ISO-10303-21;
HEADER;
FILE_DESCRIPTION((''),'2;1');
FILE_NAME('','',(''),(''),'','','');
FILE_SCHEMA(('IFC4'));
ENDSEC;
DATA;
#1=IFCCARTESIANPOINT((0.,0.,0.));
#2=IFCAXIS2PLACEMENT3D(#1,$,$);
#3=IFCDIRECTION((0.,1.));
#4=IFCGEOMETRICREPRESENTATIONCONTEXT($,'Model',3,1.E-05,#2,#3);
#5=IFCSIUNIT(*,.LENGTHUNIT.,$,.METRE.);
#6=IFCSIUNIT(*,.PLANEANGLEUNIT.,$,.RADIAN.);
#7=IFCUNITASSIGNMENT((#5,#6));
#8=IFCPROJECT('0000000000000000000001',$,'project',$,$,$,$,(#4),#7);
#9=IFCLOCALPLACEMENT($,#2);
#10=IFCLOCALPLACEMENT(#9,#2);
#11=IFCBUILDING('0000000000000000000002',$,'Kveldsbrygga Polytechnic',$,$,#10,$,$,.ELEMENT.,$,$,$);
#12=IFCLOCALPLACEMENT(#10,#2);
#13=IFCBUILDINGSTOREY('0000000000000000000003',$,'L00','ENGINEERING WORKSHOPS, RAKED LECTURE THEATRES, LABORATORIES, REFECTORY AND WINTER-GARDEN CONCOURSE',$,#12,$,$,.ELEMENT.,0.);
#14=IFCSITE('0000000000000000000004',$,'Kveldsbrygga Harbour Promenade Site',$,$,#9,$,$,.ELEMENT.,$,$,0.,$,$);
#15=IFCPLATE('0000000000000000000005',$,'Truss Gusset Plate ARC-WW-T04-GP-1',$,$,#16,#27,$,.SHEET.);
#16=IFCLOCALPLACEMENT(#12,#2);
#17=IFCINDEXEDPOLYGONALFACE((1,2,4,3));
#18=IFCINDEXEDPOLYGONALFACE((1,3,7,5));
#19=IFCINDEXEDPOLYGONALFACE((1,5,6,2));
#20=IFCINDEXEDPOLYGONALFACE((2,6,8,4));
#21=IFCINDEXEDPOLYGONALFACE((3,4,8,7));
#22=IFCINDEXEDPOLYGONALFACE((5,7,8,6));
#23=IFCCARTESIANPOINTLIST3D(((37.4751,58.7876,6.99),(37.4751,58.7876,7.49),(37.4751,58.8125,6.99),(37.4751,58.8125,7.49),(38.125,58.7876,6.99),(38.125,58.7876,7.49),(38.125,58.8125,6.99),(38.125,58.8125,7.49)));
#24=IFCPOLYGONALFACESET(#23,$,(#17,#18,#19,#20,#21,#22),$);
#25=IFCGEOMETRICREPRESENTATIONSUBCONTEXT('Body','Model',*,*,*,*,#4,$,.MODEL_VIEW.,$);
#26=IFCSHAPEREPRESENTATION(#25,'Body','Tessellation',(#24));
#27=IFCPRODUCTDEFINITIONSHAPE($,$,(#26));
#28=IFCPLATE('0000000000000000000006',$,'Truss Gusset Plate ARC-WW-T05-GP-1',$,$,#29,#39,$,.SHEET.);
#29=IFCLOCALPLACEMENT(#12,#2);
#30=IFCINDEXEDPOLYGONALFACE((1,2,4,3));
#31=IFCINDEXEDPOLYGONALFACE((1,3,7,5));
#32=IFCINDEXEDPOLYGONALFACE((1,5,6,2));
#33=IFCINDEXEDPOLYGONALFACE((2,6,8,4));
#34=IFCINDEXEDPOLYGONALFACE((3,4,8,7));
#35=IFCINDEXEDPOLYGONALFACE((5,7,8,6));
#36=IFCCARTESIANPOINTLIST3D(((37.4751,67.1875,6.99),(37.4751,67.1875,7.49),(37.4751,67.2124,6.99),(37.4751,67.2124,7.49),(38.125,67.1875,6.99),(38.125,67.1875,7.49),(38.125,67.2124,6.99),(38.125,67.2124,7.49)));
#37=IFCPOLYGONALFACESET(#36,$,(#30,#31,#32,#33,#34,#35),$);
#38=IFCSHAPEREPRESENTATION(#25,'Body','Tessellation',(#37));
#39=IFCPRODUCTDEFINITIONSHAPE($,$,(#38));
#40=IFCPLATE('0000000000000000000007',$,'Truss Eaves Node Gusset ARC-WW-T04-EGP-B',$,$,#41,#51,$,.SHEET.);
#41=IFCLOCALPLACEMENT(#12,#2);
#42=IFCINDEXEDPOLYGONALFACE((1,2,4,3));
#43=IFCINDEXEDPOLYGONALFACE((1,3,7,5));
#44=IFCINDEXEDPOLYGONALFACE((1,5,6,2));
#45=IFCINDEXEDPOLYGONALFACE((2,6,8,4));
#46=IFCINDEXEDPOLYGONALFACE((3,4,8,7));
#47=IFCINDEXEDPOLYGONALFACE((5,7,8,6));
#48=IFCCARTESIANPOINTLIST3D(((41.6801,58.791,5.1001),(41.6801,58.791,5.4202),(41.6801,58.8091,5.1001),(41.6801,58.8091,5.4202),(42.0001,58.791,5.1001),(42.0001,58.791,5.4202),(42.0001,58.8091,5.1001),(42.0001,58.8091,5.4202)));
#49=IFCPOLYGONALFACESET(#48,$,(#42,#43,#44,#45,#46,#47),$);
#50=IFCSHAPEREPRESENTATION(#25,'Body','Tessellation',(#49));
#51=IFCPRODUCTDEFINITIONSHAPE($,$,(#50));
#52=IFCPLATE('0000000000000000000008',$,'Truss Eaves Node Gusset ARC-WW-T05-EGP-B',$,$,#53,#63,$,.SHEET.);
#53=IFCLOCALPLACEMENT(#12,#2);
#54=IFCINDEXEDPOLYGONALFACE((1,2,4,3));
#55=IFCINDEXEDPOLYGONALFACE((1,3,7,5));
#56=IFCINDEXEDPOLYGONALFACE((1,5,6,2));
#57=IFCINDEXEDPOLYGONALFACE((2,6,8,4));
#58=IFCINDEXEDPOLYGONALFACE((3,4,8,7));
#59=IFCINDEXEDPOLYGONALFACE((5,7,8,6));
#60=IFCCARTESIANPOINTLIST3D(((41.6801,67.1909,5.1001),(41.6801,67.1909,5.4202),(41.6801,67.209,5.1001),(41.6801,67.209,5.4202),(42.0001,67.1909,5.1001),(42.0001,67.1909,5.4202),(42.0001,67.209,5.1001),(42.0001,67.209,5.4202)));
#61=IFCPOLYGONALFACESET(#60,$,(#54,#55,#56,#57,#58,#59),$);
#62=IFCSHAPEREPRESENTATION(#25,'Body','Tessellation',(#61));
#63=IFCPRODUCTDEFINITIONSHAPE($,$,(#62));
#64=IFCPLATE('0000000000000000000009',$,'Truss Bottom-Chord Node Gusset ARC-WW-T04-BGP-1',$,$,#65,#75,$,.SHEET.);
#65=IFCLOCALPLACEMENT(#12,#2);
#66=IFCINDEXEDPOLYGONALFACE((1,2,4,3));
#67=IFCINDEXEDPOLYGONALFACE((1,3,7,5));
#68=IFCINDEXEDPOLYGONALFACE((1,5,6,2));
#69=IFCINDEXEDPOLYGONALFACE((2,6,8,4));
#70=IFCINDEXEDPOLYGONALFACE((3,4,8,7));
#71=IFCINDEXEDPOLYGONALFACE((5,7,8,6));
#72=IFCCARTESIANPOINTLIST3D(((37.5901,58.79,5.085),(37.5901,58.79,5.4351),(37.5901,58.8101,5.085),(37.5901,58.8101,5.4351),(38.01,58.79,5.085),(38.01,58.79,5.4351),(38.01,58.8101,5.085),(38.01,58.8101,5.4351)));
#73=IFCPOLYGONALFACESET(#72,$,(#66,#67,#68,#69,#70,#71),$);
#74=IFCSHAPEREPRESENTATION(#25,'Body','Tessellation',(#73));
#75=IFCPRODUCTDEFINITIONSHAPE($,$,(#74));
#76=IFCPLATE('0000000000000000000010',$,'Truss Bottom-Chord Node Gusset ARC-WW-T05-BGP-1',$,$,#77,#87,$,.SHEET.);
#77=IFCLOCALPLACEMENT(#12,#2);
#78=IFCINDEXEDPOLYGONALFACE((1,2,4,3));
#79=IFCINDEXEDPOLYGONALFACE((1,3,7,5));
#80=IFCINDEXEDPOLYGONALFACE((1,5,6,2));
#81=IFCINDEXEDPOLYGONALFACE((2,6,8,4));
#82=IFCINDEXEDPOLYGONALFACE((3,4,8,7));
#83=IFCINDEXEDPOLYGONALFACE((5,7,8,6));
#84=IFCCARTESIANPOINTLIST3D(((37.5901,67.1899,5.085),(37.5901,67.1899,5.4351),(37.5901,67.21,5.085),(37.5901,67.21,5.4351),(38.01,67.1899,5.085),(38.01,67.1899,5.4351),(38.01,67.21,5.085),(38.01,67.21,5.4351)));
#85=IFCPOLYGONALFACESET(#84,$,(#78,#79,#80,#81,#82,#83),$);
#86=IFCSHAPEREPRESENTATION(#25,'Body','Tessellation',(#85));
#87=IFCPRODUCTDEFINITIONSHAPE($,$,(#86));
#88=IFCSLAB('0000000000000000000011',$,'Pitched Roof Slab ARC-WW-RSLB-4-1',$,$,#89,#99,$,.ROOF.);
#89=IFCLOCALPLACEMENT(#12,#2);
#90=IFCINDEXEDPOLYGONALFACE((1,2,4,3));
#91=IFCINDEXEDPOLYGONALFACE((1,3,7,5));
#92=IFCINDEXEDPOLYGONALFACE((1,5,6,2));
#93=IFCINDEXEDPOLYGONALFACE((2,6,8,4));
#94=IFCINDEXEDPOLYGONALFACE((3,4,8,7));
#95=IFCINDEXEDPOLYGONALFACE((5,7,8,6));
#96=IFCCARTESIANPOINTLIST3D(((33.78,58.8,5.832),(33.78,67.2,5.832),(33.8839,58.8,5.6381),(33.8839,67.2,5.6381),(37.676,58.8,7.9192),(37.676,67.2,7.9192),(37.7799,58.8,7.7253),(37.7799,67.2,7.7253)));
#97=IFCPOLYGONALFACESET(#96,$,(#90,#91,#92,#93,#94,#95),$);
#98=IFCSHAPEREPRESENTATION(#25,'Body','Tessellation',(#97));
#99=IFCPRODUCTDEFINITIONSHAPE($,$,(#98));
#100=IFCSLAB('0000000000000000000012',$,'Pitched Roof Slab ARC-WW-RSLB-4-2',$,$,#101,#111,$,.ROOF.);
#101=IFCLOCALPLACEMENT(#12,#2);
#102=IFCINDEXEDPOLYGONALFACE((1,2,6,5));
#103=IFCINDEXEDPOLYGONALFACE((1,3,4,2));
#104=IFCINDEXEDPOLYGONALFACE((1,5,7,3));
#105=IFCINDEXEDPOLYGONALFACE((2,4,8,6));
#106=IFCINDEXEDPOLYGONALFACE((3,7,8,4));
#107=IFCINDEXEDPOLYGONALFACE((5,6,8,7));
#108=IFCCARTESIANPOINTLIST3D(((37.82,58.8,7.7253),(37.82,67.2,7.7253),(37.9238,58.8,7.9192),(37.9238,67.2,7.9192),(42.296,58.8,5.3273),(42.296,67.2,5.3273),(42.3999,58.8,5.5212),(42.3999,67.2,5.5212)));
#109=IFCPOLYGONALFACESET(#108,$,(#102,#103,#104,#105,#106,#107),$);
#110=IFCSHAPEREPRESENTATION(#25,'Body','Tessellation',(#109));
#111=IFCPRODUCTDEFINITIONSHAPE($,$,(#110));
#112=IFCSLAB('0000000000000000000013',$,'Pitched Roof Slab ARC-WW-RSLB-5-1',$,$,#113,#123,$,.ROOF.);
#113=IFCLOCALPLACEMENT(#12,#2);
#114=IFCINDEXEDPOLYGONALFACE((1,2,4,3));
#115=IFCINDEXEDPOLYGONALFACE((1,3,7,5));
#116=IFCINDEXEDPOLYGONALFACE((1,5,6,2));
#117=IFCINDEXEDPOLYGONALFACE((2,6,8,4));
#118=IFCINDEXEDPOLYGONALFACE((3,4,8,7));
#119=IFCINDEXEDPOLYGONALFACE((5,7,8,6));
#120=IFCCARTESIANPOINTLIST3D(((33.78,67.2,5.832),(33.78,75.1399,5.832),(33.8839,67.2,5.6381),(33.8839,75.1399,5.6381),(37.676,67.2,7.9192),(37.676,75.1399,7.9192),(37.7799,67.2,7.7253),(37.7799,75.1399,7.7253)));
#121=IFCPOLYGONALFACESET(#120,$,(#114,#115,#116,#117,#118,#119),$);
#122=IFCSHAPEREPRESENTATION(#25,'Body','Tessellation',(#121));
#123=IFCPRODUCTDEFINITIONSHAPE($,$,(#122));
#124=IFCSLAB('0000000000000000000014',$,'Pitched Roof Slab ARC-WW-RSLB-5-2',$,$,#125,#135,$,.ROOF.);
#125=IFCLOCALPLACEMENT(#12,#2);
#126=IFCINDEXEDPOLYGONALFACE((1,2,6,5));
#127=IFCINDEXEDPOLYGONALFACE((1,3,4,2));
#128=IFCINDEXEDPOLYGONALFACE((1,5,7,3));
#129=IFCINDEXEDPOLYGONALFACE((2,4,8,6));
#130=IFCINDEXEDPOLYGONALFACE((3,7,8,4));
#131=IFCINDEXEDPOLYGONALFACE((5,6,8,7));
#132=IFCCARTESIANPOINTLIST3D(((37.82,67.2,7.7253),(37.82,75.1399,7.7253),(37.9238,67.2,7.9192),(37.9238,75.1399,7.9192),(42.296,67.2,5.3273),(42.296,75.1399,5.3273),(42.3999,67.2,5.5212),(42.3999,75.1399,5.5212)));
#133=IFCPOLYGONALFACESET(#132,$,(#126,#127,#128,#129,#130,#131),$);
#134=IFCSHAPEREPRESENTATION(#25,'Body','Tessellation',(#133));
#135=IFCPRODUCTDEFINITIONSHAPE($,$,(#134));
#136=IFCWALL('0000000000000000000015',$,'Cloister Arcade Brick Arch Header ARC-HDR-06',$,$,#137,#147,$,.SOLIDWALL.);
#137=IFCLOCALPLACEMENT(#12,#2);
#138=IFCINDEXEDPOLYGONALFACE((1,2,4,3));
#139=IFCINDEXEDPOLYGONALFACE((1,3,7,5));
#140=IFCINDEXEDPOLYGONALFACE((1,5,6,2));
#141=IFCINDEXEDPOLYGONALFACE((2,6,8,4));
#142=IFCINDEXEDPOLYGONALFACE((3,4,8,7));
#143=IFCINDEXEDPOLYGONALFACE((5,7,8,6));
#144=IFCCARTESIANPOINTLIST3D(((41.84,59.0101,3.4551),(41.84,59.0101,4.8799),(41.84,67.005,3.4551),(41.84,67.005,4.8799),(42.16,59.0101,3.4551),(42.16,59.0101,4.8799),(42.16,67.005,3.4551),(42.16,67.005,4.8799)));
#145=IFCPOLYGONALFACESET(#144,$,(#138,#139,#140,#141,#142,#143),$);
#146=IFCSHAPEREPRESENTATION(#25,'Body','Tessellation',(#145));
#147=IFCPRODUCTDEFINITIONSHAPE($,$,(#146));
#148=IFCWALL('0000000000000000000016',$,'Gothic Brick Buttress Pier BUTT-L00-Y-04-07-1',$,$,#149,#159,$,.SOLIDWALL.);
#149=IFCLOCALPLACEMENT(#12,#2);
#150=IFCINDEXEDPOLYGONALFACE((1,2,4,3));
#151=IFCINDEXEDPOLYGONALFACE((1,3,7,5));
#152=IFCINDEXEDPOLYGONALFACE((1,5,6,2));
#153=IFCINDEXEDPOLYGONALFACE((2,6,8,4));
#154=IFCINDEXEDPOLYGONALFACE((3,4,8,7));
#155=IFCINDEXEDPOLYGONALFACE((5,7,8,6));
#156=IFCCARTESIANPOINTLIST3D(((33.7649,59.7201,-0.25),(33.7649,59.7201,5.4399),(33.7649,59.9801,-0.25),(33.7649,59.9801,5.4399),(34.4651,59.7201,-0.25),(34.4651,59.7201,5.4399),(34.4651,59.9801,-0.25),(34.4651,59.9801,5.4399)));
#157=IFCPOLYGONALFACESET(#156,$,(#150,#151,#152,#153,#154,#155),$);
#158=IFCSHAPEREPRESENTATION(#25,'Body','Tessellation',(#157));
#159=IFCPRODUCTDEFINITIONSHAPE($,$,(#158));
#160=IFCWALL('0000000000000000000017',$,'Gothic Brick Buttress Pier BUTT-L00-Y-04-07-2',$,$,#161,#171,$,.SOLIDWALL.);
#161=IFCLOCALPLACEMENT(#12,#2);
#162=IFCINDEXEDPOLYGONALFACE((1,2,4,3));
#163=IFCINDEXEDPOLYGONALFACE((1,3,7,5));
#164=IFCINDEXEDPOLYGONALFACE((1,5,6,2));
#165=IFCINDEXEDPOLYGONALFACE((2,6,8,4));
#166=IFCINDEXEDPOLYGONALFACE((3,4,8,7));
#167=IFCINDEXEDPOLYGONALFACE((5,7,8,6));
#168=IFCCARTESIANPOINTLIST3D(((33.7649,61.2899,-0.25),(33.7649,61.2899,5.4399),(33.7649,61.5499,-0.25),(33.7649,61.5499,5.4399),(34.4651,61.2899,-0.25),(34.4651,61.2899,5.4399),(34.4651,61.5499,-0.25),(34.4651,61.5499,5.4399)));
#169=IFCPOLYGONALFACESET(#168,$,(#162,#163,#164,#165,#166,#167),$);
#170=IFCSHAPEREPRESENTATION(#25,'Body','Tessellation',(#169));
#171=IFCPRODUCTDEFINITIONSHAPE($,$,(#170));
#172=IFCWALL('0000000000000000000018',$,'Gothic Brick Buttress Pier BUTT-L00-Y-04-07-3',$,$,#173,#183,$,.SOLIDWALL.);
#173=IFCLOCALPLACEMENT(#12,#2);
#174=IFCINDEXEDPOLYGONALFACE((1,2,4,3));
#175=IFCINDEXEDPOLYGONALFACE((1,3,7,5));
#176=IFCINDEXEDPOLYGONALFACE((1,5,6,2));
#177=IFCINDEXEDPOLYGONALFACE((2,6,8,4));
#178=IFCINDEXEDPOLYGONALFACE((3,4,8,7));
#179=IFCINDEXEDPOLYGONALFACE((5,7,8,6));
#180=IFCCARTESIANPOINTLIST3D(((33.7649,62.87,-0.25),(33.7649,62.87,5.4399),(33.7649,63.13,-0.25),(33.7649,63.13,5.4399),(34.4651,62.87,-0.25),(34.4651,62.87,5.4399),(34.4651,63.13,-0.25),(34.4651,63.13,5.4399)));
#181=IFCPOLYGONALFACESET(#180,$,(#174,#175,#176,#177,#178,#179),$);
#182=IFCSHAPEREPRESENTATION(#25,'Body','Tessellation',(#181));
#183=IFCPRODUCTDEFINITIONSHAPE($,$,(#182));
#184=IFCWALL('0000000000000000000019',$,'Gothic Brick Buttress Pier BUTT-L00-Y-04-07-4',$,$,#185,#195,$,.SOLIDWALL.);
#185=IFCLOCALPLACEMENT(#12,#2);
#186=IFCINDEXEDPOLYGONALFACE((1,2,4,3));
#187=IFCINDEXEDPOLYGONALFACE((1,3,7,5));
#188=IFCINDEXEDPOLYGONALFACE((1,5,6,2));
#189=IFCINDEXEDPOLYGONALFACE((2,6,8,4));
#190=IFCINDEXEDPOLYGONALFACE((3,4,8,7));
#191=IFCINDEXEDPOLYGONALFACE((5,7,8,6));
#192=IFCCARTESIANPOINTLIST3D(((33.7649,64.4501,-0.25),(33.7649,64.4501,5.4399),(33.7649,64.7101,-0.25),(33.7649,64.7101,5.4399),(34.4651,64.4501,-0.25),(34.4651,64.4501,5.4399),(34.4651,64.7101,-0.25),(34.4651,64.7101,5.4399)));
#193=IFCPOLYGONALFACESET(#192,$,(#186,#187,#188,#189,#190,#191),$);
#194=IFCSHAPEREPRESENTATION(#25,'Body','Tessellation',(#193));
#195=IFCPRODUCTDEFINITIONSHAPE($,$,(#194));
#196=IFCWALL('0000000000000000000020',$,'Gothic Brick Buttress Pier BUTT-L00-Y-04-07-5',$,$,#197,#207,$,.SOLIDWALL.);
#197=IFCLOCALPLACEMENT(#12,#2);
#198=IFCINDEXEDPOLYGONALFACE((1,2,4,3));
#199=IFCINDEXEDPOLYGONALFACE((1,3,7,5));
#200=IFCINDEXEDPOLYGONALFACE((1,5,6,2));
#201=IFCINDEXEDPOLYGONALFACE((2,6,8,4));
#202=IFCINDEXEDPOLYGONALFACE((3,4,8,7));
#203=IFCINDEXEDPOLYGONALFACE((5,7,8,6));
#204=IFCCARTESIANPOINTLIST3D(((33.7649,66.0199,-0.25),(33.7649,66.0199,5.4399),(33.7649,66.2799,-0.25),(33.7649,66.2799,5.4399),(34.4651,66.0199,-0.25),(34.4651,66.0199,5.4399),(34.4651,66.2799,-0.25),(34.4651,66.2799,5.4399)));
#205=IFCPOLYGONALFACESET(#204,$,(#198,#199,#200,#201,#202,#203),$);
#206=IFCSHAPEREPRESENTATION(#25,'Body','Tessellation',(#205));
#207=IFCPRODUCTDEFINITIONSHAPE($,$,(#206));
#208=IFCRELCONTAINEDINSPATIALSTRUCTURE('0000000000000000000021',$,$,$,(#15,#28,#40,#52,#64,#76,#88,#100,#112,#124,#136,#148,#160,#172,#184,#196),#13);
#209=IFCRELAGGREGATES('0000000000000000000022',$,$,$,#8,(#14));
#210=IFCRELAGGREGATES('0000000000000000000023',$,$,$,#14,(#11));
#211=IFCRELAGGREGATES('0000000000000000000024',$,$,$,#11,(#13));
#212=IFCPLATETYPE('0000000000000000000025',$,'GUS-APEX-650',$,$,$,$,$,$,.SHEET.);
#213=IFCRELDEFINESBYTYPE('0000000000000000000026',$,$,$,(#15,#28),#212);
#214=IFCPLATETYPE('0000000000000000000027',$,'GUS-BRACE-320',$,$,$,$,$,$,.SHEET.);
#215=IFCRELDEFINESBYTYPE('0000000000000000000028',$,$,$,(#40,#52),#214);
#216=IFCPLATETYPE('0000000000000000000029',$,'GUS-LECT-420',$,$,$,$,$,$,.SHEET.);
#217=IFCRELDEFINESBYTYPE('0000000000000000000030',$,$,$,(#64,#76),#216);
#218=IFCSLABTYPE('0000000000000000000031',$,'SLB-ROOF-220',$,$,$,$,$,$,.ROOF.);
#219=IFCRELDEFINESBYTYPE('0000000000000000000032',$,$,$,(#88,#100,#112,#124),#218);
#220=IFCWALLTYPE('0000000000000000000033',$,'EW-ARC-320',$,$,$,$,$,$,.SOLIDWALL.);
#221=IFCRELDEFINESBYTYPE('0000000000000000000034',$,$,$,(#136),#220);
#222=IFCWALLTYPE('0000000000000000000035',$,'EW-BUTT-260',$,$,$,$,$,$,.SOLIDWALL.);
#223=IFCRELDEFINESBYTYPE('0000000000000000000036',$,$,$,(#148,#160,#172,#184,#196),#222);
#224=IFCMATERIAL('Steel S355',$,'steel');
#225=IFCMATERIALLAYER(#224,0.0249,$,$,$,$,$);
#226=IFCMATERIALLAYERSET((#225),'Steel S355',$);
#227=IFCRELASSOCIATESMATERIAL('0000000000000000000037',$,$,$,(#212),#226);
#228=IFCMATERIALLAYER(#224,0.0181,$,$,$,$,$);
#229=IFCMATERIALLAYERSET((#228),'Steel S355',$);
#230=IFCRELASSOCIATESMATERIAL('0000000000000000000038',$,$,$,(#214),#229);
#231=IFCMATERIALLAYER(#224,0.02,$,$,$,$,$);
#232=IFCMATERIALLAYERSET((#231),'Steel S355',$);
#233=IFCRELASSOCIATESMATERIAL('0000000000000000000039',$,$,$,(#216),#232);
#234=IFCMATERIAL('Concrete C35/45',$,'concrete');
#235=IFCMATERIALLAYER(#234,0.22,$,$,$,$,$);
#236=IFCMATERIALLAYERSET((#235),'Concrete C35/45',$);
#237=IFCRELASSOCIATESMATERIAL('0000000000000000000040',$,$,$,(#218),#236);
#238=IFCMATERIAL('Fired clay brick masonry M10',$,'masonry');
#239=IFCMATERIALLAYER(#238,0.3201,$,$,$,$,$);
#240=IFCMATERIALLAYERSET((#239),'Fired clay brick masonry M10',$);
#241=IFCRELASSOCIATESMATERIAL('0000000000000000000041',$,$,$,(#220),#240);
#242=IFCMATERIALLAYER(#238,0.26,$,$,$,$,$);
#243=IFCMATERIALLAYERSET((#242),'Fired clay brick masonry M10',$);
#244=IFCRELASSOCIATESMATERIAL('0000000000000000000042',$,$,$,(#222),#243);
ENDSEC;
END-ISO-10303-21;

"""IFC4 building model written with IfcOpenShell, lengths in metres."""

from ifc_helpers import new_model, si_unit, direction, frame, frame_2d, origin, origin_2d, place, context, subcontext, project, spatial, polyline, rectangle, outline, extrude, material, layer, layer_set, type_object, element, save


model = new_model("IFC4")

# Units and contexts
model_context = context("Model", 3, precision=1e-05, world=origin(), true_north=direction((0.0, 1.0)))
body_context = subcontext(model_context, "Body", "Model", "MODEL_VIEW")
ifc_project = project(units=[si_unit("LENGTHUNIT", "METRE"), si_unit("PLANEANGLEUNIT", "RADIAN")], contexts=[model_context])

# Site, building, storey
site_placement = place(None, origin())
site = spatial("IfcSite", under=ifc_project, at=site_placement, Name="Kveldsbrygga Harbour Promenade Site", CompositionType="ELEMENT", RefElevation=0.0)
building_placement = place(site_placement, origin())
building = spatial("IfcBuilding", under=site, at=building_placement, Name="Kveldsbrygga Polytechnic", CompositionType="ELEMENT")
storey_placement = place(building_placement, origin())
storey = spatial("IfcBuildingStorey", under=building, at=storey_placement, Name="L00", Description="ENGINEERING WORKSHOPS, RAKED LECTURE THEATRES, LABORATORIES, REFECTORY AND WINTER-GARDEN CONCOURSE", CompositionType="ELEMENT", Elevation=0.0)

# Shared definitions
ifc_material_1 = material(Name="Concrete C35/45", Category="concrete")

# Shared definitions
ifc_material_2 = material(Name="Steel S355", Category="steel")

# Plates
ifc_layer_1 = layer(ifc_material_2, 0.0249)
ifc_layer_set_1 = layer_set([ifc_layer_1], Name="Steel S355")
plate_type_1 = type_object("IfcPlateType", Name="GUS-APEX-650", PredefinedType="SHEET", material=ifc_layer_set_1)
for number, where, z_axis, x_axis, name in (
    (1, (37.8, 58.8, 6.99), (0.0, 0.0, 1.0), (1.0, 0.0, 0.0), "Truss Gusset Plate ARC-WW-T04-GP-1"),
    (2, (37.8, 67.2, 6.99), (0.0, 0.0, 1.0), (1.0, 0.0, 0.0), "Truss Gusset Plate ARC-WW-T05-GP-1"),
):
    element("IfcPlate", number, at=place(storey_placement, frame(where, z_axis=z_axis, x_axis=x_axis)), inside=storey, type_object=plate_type_1, Name=name, PredefinedType="SHEET", context=body_context, shape_type="SweptSolid", body=[
        extrude(rectangle(XDim=0.6499, YDim=0.0249, at=origin_2d()), origin(), (0.0, 0.0, 1.0), 0.5),
    ])
ifc_layer_2 = layer(ifc_material_2, 0.0181)
ifc_layer_set_2 = layer_set([ifc_layer_2], Name="Steel S355")
plate_type_2 = type_object("IfcPlateType", Name="GUS-BRACE-320", PredefinedType="SHEET", material=ifc_layer_set_2)
for number, where, z_axis, x_axis, name in (
    (3, (41.8401, 58.8, 5.1001), (0.0, 0.0, 1.0), (1.0, 0.0, 0.0), "Truss Eaves Node Gusset ARC-WW-T04-EGP-B"),
    (4, (41.8401, 67.2, 5.1001), (0.0, 0.0, 1.0), (1.0, 0.0, 0.0), "Truss Eaves Node Gusset ARC-WW-T05-EGP-B"),
):
    element("IfcPlate", number, at=place(storey_placement, frame(where, z_axis=z_axis, x_axis=x_axis)), inside=storey, type_object=plate_type_2, Name=name, PredefinedType="SHEET", context=body_context, shape_type="SweptSolid", body=[
        extrude(rectangle(XDim=0.3201, YDim=0.0181, at=origin_2d()), origin(), (0.0, 0.0, 1.0), 0.3201),
    ])
ifc_layer_3 = layer(ifc_material_2, 0.02)
ifc_layer_set_3 = layer_set([ifc_layer_3], Name="Steel S355")
plate_type_3 = type_object("IfcPlateType", Name="GUS-LECT-420", PredefinedType="SHEET", material=ifc_layer_set_3)
for number, where, z_axis, x_axis, name in (
    (5, (37.8, 58.8, 5.085), (0.0, 0.0, 1.0), (1.0, 0.0, 0.0), "Truss Bottom-Chord Node Gusset ARC-WW-T04-BGP-1"),
    (6, (37.8, 67.2, 5.085), (0.0, 0.0, 1.0), (1.0, 0.0, 0.0), "Truss Bottom-Chord Node Gusset ARC-WW-T05-BGP-1"),
):
    element("IfcPlate", number, at=place(storey_placement, frame(where, z_axis=z_axis, x_axis=x_axis)), inside=storey, type_object=plate_type_3, Name=name, PredefinedType="SHEET", context=body_context, shape_type="SweptSolid", body=[
        extrude(rectangle(XDim=0.4199, YDim=0.02, at=origin_2d()), origin(), (0.0, 0.0, 1.0), 0.3501),
    ])

# Slabs
ifc_layer_4 = layer(ifc_material_1, 0.22)
ifc_layer_set_4 = layer_set([ifc_layer_4], Name="Concrete C35/45")
slab_type = type_object("IfcSlabType", Name="SLB-ROOF-220", PredefinedType="ROOF", material=ifc_layer_set_4)
slab_1_placement = place(storey_placement, frame((33.78, 58.8, 5.832), z_axis=(-0.472224, 0.0, 0.881478), x_axis=(0.881478, 0.0, 0.472224)))
element("IfcSlab", 7, at=slab_1_placement, inside=storey, type_object=slab_type, Name="Pitched Roof Slab ARC-WW-RSLB-4-1", PredefinedType="ROOF", context=body_context, shape_type="SweptSolid", body=[
    extrude(outline(polyline([(0.0, 0.0), (4.4198, 0.0), (4.4198, 8.3999), (0.0, 8.3999), (0.0, 0.0)])), origin(), (0.0, 0.0, -1.0), 0.22),
])
slab_2_placement = place(storey_placement, frame((37.9238, 58.8, 7.9192), z_axis=(0.472229, 0.0, 0.881476), x_axis=(0.881476, 0.0, -0.472229)))
element("IfcSlab", 8, at=slab_2_placement, inside=storey, type_object=slab_type, Name="Pitched Roof Slab ARC-WW-RSLB-4-2", PredefinedType="ROOF", context=body_context, shape_type="SweptSolid", body=[
    extrude(outline(polyline([(0.0, 0.0), (5.0779, 0.0), (5.0779, 8.3999), (0.0, 8.3999), (0.0, 0.0)])), origin(), (0.0, 0.0, -1.0), 0.22),
])
slab_3_placement = place(storey_placement, frame((33.78, 67.2, 5.832), z_axis=(-0.472224, 0.0, 0.881478), x_axis=(0.881478, 0.0, 0.472224)))
element("IfcSlab", 9, at=slab_3_placement, inside=storey, type_object=slab_type, Name="Pitched Roof Slab ARC-WW-RSLB-5-1", PredefinedType="ROOF", context=body_context, shape_type="SweptSolid", body=[
    extrude(outline(polyline([(0.0, 0.0), (4.4198, 0.0), (4.4198, 7.9399), (0.0, 7.9399), (0.0, 0.0)])), origin(), (0.0, 0.0, -1.0), 0.22),
])
slab_4_placement = place(storey_placement, frame((37.9238, 67.2, 7.9192), z_axis=(0.472229, 0.0, 0.881476), x_axis=(0.881476, 0.0, -0.472229)))
element("IfcSlab", 10, at=slab_4_placement, inside=storey, type_object=slab_type, Name="Pitched Roof Slab ARC-WW-RSLB-5-2", PredefinedType="ROOF", context=body_context, shape_type="SweptSolid", body=[
    extrude(outline(polyline([(0.0, 0.0), (5.0779, 0.0), (5.0779, 7.9399), (0.0, 7.9399), (0.0, 0.0)])), origin(), (0.0, 0.0, -1.0), 0.22),
])

# Walls
ifc_material_3 = material(Name="Fired clay brick masonry M10", Category="masonry")
ifc_layer_5 = layer(ifc_material_3, 0.3201)
ifc_layer_set_5 = layer_set([ifc_layer_5], Name="Fired clay brick masonry M10")
wall_type_1 = type_object("IfcWallType", Name="EW-ARC-320", PredefinedType="SOLIDWALL", material=ifc_layer_set_5)
wall_placement = place(storey_placement, frame((42.0, 59.01, 3.4551), z_axis=(0.0, 0.0, 1.0), x_axis=(0.0, 1.0, 0.0)))
element("IfcWall", 11, at=wall_placement, inside=storey, type_object=wall_type_1, Name="Cloister Arcade Brick Arch Header ARC-HDR-06", PredefinedType="SOLIDWALL", context=body_context, shape_type="SweptSolid", body=[
    extrude(rectangle(XDim=7.9949, YDim=0.3201, at=frame_2d((3.9976, 0.0))), origin(), (0.0, 0.0, 1.0), 1.4248),
])
ifc_layer_6 = layer(ifc_material_3, 0.26)
ifc_layer_set_6 = layer_set([ifc_layer_6], Name="Fired clay brick masonry M10")
wall_type_2 = type_object("IfcWallType", Name="EW-BUTT-260", PredefinedType="SOLIDWALL", material=ifc_layer_set_6)
for number, where, z_axis, x_axis, name in (
    (12, (33.7649, 59.8501, -0.25), (0.0, 0.0, 1.0), (1.0, 0.0, 0.0), "Gothic Brick Buttress Pier BUTT-L00-Y-04-07-1"),
    (13, (33.7649, 61.4199, -0.25), (0.0, 0.0, 1.0), (1.0, 0.0, 0.0), "Gothic Brick Buttress Pier BUTT-L00-Y-04-07-2"),
    (14, (33.7649, 63.0, -0.25), (0.0, 0.0, 1.0), (1.0, 0.0, 0.0), "Gothic Brick Buttress Pier BUTT-L00-Y-04-07-3"),
    (15, (33.7649, 64.5801, -0.25), (0.0, 0.0, 1.0), (1.0, 0.0, 0.0), "Gothic Brick Buttress Pier BUTT-L00-Y-04-07-4"),
    (16, (33.7649, 66.1499, -0.25), (0.0, 0.0, 1.0), (1.0, 0.0, 0.0), "Gothic Brick Buttress Pier BUTT-L00-Y-04-07-5"),
):
    element("IfcWall", number, at=place(storey_placement, frame(where, z_axis=z_axis, x_axis=x_axis)), inside=storey, type_object=wall_type_2, Name=name, PredefinedType="SOLIDWALL", context=body_context, shape_type="SweptSolid", body=[
        extrude(rectangle(XDim=0.7002, YDim=0.26, at=frame_2d((0.3501, 0.0))), origin(), (0.0, 0.0, 1.0), 5.6899),
    ])

save(model, "model.ifc")
